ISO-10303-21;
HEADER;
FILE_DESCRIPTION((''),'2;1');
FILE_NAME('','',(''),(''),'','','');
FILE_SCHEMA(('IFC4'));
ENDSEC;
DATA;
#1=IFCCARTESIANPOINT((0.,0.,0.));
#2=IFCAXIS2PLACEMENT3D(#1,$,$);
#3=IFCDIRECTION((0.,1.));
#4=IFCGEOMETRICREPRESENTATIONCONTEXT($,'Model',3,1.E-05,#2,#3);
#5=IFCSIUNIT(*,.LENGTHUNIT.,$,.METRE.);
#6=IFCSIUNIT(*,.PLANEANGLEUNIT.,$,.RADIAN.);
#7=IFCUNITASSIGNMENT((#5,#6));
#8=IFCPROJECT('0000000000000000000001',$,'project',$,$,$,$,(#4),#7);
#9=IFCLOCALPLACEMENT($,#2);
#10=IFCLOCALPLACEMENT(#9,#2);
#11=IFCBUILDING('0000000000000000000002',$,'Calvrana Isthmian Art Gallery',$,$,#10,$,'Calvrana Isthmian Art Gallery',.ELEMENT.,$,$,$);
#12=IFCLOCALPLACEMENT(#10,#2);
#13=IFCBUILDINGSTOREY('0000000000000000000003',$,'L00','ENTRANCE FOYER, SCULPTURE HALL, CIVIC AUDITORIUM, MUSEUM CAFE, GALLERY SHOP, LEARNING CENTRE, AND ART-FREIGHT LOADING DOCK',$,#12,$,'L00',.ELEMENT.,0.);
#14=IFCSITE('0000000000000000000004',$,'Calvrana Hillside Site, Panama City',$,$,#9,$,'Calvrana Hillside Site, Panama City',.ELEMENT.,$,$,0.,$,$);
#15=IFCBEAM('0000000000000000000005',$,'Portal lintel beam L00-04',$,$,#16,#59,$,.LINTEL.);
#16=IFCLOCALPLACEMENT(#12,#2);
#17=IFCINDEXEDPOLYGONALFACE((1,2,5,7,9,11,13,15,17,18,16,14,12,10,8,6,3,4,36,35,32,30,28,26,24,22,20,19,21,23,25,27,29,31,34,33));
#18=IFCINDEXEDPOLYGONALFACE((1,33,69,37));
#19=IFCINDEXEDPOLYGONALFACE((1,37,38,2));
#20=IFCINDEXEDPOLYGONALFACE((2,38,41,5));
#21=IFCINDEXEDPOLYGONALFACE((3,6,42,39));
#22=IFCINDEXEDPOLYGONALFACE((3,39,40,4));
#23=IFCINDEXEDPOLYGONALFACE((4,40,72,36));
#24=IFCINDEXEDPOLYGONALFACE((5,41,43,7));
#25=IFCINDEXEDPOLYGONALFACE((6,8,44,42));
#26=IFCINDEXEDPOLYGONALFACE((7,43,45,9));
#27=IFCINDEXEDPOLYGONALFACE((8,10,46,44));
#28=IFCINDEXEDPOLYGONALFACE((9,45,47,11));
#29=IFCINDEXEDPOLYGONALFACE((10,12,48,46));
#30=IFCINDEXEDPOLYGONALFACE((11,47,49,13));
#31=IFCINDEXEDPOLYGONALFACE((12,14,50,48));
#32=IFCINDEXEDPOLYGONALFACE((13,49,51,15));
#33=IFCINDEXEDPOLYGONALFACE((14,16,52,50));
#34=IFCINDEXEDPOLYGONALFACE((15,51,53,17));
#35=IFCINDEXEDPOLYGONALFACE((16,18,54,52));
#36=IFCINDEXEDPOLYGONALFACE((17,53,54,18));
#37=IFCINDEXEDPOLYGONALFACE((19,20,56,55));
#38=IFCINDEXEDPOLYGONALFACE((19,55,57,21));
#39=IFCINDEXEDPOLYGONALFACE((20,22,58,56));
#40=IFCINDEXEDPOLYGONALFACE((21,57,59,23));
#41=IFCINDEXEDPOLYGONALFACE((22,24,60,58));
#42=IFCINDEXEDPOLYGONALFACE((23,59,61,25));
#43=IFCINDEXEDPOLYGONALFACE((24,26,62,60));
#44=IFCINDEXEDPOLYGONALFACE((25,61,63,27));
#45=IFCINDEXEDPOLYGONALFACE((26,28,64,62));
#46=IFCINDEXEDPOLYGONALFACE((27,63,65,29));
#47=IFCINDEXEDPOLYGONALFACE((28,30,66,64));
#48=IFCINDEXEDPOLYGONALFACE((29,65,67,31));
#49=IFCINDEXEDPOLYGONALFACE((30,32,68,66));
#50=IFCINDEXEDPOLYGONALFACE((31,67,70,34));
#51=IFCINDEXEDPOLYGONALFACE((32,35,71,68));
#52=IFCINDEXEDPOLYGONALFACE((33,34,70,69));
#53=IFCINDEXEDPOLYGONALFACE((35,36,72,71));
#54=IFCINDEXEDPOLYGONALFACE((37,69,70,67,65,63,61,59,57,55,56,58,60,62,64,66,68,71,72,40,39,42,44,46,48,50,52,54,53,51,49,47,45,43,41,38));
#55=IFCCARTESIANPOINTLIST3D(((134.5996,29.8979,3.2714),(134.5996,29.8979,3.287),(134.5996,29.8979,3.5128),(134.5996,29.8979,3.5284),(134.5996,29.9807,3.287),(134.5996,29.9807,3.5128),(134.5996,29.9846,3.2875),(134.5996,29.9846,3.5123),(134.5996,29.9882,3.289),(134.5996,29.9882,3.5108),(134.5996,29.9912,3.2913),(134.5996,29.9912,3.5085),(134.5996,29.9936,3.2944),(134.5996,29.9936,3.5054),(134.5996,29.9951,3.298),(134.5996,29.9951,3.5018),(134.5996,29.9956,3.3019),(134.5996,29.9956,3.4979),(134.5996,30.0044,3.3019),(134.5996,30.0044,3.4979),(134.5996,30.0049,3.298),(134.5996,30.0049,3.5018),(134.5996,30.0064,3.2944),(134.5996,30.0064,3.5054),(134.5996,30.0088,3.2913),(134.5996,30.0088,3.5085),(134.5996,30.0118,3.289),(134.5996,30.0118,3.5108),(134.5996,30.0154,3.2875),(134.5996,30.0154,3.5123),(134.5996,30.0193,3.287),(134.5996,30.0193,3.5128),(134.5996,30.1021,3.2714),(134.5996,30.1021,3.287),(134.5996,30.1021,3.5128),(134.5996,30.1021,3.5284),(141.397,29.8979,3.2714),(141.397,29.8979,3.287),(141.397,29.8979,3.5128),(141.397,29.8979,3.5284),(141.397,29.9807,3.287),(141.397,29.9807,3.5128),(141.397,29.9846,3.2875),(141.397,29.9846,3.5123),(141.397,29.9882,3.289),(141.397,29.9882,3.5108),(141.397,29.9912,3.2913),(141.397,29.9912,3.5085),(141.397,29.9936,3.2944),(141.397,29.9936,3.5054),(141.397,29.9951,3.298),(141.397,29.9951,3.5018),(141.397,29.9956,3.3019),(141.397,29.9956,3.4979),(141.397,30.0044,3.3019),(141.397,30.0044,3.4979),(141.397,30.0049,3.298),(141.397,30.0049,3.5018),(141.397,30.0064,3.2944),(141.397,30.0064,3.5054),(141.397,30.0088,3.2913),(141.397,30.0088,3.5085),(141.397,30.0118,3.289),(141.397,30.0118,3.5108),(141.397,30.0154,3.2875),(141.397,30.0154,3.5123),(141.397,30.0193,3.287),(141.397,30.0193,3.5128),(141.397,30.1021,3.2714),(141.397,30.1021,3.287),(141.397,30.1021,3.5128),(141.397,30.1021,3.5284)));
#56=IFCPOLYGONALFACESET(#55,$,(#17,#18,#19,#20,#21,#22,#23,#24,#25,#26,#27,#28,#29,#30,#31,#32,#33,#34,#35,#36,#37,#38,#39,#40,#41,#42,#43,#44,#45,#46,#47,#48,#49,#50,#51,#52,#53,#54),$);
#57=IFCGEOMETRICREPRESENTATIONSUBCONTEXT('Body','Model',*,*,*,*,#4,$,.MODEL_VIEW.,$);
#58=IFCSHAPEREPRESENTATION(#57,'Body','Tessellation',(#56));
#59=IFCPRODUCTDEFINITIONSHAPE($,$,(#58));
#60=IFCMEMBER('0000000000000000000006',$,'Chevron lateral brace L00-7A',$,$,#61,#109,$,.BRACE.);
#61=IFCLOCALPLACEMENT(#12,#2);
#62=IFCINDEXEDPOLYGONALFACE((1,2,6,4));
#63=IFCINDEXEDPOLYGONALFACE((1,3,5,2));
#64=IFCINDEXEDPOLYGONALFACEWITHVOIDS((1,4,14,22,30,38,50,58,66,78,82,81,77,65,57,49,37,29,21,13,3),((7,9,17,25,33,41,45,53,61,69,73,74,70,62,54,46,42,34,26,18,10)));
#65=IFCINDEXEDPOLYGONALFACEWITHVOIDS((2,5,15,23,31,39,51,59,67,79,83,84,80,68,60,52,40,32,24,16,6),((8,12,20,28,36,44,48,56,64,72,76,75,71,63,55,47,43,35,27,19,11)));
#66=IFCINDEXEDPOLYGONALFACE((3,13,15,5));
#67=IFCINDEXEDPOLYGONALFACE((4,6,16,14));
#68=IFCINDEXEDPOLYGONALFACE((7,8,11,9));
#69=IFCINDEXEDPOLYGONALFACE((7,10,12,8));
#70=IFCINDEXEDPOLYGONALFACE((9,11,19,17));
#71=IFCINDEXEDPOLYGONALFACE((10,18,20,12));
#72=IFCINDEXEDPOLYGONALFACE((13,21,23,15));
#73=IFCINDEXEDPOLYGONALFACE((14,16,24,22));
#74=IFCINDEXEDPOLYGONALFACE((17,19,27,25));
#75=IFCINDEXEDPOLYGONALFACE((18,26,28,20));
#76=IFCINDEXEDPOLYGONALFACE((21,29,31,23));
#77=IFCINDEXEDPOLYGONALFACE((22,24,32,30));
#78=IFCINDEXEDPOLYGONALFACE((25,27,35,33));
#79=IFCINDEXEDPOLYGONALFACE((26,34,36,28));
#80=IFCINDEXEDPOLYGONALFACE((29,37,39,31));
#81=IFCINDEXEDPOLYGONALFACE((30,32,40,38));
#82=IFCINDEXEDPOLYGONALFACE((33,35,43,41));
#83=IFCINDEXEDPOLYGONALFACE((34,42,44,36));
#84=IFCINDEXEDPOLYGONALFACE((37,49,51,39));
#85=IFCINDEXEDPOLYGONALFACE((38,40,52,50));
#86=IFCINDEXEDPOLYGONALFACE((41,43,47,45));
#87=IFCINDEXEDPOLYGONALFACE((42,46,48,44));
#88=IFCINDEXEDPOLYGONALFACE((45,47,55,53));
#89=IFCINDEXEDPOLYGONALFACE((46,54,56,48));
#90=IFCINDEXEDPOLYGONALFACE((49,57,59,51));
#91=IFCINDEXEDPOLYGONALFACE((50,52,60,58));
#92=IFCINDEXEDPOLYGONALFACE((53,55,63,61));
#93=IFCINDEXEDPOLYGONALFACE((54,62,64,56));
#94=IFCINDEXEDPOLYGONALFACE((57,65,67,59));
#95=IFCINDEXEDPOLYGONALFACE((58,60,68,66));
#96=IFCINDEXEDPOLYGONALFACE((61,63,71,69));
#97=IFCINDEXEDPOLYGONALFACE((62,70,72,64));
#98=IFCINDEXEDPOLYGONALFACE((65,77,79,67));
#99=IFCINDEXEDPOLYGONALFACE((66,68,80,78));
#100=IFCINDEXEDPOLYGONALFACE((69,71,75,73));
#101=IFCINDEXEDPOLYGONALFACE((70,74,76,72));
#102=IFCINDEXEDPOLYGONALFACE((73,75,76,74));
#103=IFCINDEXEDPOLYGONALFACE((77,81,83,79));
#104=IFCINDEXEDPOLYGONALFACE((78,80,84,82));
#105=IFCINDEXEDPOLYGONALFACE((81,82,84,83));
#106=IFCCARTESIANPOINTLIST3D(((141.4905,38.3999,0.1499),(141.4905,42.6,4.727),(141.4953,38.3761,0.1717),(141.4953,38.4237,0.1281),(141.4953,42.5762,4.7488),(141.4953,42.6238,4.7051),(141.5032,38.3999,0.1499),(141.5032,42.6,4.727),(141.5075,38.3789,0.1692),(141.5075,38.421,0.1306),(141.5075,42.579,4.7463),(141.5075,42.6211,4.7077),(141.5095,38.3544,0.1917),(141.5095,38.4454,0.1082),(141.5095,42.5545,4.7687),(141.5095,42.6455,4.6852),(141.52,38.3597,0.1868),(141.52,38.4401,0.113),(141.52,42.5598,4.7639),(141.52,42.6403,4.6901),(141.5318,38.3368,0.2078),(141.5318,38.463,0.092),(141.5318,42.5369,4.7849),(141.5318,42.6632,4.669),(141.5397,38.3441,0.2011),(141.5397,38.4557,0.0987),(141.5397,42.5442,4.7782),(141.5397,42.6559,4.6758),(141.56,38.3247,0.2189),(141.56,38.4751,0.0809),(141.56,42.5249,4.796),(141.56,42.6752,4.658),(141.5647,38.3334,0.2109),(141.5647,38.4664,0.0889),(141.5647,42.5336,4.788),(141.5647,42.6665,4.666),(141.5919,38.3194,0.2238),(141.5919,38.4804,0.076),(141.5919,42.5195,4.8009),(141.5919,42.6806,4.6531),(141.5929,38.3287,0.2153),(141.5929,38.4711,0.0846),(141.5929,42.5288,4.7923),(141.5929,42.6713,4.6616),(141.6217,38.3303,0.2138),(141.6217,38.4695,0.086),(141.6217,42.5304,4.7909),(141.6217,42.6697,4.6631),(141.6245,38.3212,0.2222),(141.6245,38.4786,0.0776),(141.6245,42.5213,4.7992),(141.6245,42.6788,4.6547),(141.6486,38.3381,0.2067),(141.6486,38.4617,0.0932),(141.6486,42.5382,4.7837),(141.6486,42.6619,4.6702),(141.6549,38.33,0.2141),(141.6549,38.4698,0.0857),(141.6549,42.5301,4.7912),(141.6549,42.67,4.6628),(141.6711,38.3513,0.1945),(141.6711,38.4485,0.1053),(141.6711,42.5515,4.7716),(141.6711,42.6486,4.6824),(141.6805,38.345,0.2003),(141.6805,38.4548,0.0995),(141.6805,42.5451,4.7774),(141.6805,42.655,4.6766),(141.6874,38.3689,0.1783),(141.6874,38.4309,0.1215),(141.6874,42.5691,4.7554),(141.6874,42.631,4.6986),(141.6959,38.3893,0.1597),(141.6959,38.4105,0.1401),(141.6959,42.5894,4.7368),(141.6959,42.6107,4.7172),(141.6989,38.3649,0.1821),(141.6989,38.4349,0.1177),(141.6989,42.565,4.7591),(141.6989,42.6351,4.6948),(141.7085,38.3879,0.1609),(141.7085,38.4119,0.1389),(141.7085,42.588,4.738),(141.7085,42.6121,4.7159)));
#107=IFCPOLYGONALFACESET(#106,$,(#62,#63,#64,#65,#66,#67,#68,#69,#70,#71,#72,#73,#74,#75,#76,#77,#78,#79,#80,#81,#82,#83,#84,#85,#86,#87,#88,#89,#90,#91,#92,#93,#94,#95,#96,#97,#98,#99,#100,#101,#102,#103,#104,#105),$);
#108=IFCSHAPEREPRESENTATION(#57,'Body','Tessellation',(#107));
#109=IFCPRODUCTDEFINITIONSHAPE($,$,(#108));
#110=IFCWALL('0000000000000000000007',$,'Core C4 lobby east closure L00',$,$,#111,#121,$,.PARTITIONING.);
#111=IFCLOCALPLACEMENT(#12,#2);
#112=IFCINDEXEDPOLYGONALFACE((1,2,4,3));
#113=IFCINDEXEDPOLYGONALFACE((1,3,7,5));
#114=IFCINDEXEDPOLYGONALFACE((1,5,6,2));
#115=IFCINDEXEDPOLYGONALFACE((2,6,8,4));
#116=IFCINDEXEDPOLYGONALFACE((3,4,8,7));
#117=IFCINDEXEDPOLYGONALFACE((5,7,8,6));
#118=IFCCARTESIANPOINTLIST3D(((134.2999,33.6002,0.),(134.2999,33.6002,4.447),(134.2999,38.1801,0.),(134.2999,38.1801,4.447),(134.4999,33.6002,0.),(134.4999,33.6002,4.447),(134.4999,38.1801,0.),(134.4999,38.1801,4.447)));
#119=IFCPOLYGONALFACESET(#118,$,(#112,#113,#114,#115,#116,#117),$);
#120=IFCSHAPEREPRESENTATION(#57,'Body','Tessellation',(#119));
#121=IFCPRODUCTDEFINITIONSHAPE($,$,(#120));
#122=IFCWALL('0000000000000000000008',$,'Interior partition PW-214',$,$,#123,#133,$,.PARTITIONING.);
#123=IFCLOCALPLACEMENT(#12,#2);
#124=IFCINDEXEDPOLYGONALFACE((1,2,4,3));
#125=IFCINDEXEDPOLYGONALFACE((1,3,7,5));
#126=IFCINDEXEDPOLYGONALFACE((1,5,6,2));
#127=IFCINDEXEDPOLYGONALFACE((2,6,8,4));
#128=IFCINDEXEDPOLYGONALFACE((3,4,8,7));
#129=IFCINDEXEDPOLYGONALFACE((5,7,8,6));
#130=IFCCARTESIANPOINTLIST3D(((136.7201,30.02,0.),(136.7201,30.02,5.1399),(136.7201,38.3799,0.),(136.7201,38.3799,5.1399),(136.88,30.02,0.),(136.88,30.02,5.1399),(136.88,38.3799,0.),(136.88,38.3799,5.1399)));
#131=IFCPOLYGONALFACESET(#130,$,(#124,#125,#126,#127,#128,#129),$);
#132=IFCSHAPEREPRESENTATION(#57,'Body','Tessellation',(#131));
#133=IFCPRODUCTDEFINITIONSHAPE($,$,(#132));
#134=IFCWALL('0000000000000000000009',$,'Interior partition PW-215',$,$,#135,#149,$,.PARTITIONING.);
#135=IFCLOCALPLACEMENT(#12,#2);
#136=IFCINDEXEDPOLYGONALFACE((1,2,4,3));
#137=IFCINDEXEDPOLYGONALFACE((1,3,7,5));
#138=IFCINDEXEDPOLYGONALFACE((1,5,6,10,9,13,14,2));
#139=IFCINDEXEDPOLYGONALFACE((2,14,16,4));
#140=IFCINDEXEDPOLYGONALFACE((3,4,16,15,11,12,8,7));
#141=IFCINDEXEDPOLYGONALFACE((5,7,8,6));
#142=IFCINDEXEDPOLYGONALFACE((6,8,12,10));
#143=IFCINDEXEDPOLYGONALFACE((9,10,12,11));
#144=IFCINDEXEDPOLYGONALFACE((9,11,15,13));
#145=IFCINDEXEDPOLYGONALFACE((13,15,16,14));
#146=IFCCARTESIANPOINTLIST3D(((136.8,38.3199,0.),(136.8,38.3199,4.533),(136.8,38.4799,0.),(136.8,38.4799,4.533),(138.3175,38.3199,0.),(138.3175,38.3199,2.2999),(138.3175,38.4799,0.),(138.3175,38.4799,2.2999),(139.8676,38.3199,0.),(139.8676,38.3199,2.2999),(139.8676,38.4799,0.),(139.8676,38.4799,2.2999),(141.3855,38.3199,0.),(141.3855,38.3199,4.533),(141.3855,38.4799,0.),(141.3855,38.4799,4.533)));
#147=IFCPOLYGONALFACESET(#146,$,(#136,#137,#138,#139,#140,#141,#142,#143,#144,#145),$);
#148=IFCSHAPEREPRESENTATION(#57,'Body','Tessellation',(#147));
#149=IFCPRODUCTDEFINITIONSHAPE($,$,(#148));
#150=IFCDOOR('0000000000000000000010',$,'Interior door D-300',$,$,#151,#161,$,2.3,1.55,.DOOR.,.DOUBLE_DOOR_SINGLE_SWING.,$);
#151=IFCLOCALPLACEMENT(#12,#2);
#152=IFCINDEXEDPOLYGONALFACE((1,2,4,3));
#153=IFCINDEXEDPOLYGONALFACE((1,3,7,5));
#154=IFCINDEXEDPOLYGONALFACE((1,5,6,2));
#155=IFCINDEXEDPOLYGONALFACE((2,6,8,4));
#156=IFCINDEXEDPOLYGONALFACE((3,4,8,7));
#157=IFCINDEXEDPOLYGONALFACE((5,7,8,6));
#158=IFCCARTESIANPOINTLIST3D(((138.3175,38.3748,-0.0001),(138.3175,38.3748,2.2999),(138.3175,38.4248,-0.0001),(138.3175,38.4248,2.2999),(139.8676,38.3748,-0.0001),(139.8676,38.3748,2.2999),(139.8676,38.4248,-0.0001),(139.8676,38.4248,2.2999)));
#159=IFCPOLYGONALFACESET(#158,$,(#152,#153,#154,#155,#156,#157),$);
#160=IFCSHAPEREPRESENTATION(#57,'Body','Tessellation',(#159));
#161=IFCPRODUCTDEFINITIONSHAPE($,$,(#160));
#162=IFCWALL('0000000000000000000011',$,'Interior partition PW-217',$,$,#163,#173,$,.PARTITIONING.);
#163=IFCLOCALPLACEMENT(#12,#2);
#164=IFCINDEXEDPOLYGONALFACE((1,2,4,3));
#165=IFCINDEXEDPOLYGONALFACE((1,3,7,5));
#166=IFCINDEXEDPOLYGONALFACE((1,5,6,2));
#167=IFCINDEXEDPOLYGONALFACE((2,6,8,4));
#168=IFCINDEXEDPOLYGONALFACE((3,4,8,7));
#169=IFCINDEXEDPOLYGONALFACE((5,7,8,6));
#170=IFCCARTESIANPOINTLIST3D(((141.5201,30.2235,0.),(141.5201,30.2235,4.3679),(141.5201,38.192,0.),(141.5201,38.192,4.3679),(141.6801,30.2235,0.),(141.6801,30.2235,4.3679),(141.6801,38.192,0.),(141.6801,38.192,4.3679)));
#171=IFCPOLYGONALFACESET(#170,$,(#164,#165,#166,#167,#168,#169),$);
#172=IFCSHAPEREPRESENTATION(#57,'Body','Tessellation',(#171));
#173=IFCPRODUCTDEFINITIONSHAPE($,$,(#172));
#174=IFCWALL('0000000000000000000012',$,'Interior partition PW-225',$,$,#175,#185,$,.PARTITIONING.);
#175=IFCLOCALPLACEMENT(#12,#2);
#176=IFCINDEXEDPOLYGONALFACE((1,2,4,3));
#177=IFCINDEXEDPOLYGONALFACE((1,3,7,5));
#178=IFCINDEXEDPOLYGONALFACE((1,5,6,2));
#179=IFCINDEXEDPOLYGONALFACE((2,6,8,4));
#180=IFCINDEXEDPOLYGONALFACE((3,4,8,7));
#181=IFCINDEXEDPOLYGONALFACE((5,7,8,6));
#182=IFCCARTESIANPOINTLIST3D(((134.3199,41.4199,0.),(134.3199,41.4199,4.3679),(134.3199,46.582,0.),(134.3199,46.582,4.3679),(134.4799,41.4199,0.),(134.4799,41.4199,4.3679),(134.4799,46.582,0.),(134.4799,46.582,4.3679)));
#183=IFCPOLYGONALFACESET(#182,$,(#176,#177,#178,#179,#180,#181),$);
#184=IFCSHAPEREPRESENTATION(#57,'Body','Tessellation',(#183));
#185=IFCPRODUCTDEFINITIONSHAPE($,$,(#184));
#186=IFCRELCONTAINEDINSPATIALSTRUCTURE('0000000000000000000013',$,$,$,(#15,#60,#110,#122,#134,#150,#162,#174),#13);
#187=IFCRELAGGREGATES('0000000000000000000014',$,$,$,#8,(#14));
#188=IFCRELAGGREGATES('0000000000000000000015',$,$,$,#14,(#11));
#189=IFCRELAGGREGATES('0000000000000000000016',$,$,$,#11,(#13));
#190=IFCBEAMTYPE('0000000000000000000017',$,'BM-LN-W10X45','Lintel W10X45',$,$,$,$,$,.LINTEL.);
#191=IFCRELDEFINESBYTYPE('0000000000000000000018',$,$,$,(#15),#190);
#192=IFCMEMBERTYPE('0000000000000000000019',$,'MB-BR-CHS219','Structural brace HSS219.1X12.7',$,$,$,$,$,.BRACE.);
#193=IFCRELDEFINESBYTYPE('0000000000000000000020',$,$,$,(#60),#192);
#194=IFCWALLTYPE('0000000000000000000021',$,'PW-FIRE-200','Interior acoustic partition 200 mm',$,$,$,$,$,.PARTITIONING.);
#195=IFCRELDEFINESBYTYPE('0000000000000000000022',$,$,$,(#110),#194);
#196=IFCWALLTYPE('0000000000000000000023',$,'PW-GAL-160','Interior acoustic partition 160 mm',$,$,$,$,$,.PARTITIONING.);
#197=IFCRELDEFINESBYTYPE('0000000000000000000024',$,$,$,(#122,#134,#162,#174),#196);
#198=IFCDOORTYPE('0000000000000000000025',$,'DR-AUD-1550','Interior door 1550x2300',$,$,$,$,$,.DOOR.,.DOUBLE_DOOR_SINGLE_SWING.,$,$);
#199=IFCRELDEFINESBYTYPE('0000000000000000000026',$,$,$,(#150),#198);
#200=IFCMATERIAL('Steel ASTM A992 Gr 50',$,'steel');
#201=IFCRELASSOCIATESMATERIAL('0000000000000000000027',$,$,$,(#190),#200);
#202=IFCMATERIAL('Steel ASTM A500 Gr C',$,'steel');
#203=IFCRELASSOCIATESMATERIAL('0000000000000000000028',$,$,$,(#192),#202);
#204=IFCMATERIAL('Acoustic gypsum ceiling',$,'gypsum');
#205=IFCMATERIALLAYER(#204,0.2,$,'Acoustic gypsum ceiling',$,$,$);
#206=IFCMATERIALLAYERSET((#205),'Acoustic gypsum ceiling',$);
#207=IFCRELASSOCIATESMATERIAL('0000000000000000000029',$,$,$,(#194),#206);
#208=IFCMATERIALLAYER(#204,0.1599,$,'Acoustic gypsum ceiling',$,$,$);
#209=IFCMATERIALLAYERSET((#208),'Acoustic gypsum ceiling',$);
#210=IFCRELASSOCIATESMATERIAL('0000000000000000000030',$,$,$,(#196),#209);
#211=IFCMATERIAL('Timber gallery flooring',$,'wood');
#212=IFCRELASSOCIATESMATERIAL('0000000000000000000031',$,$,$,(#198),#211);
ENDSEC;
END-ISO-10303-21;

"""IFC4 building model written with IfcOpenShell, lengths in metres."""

from ifc_helpers import new_model, si_unit, direction, frame, frame_2d, origin, origin_2d, place, context, subcontext, project, spatial, rectangle, hollow_circle, i_section, extrude, material, layer, layer_set, material_profile, profile_set, type_object, element, fill, save


model = new_model("IFC4")

# Units and contexts
model_context = context("Model", 3, precision=1e-05, world=origin(), true_north=direction((0.0, 1.0)))
body_context = subcontext(model_context, "Body", "Model", "MODEL_VIEW")
ifc_project = project(units=[si_unit("LENGTHUNIT", "METRE"), si_unit("PLANEANGLEUNIT", "RADIAN")], contexts=[model_context])

# Site, building, storey
site_placement = place(None, origin())
site = spatial("IfcSite", under=ifc_project, at=site_placement, Name="Calvrana Hillside Site, Panama City", LongName="Calvrana Hillside Site, Panama City", CompositionType="ELEMENT", RefElevation=0.0)
building_placement = place(site_placement, origin())
building = spatial("IfcBuilding", under=site, at=building_placement, Name="Calvrana Isthmian Art Gallery", LongName="Calvrana Isthmian Art Gallery", CompositionType="ELEMENT")
storey_placement = place(building_placement, origin())
storey = spatial("IfcBuildingStorey", under=building, at=storey_placement, Name="L00", Description="ENTRANCE FOYER, SCULPTURE HALL, CIVIC AUDITORIUM, MUSEUM CAFE, GALLERY SHOP, LEARNING CENTRE, AND ART-FREIGHT LOADING DOCK", LongName="L00", CompositionType="ELEMENT", Elevation=0.0)

# Shared definitions
ifc_material_1 = material(Name="Steel ASTM A992 Gr 50", Category="steel")

# Beam
ifc_material_profile_1 = material_profile(ifc_material_1, i_section(OverallWidth=0.2041, OverallDepth=0.2571, WebThickness=0.0088, FlangeThickness=0.0156, FilletRadius=0.0149, at=origin_2d()), Name="W10X45")
ifc_profile_set_1 = profile_set([ifc_material_profile_1], Name="Steel ASTM A992 Gr 50")
beam_type_1 = type_object("IfcBeamType", Name="BM-LN-W10X45", Description="Lintel W10X45", PredefinedType="LINTEL", material=ifc_profile_set_1)
beam_1_placement = place(storey_placement, frame((134.5996, 30.0, 3.3999), z_axis=(1.0, 0.0, 0.0), x_axis=(0.0, 1.0, 0.0)))
element("IfcBeam", 1, at=beam_1_placement, inside=storey, type_object=beam_type_1, Name="Portal lintel beam L00-04", PredefinedType="LINTEL", context=body_context, shape_type="SweptSolid", body=[
    extrude(i_section(OverallWidth=0.2041, OverallDepth=0.2571, WebThickness=0.0088, FlangeThickness=0.0156, FilletRadius=0.0149, at=origin_2d()), origin(), (0.0, 0.0, 1.0), 6.7974),
])

# Member
ifc_material_2 = material(Name="Steel ASTM A500 Gr C", Category="steel")
ifc_material_profile_2 = material_profile(ifc_material_2, hollow_circle(Radius=0.1096, WallThickness=0.0127, at=origin_2d()), Name="HSS219.1X12.7")
ifc_profile_set_2 = profile_set([ifc_material_profile_2], Name="Steel ASTM A500 Gr C")
member_type = type_object("IfcMemberType", Name="MB-BR-CHS219", Description="Structural brace HSS219.1X12.7", PredefinedType="BRACE", material=ifc_profile_set_2)
member_placement = place(storey_placement, frame((141.6001, 38.3999, 0.1499), z_axis=(0.0, 0.676116, 0.736795), x_axis=(-1.0, 0.0, 0.0)))
element("IfcMember", 2, at=member_placement, inside=storey, type_object=member_type, Name="Chevron lateral brace L00-7A", PredefinedType="BRACE", context=body_context, shape_type="SweptSolid", body=[
    extrude(hollow_circle(Radius=0.1096, WallThickness=0.0127, at=origin_2d()), origin(), (0.0, 0.0, 1.0), 6.2122),
])

# Walls
ifc_material_3 = material(Name="Acoustic gypsum ceiling", Category="gypsum")
ifc_layer_1 = layer(ifc_material_3, 0.2, Name="Acoustic gypsum ceiling")
ifc_layer_set_1 = layer_set([ifc_layer_1], Name="Acoustic gypsum ceiling")
wall_type_1 = type_object("IfcWallType", Name="PW-FIRE-200", Description="Interior acoustic partition 200 mm", PredefinedType="PARTITIONING", material=ifc_layer_set_1)
wall_1_placement = place(storey_placement, frame((134.3999, 33.6001, 0.0), z_axis=(0.0, 0.0, 1.0), x_axis=(0.0, 1.0, 0.0)))
element("IfcWall", 3, at=wall_1_placement, inside=storey, type_object=wall_type_1, Name="Core C4 lobby east closure L00", PredefinedType="PARTITIONING", context=body_context, shape_type="SweptSolid", body=[
    extrude(rectangle(XDim=4.5798, YDim=0.2, at=frame_2d((2.29, 0.0))), origin(), (0.0, 0.0, 1.0), 4.447),
])
ifc_layer_2 = layer(ifc_material_3, 0.1599, Name="Acoustic gypsum ceiling")
ifc_layer_set_2 = layer_set([ifc_layer_2], Name="Acoustic gypsum ceiling")
wall_type_2 = type_object("IfcWallType", Name="PW-GAL-160", Description="Interior acoustic partition 160 mm", PredefinedType="PARTITIONING", material=ifc_layer_set_2)
wall_2_placement = place(storey_placement, frame((136.8, 30.02, 0.0), z_axis=(0.0, 0.0, 1.0), x_axis=(0.0, 1.0, 0.0)))
element("IfcWall", 4, at=wall_2_placement, inside=storey, type_object=wall_type_2, Name="Interior partition PW-214", PredefinedType="PARTITIONING", context=body_context, shape_type="SweptSolid", body=[
    extrude(rectangle(XDim=8.3599, YDim=0.1599, at=frame_2d((4.1799, 0.0))), origin(), (0.0, 0.0, 1.0), 5.1399),
])

# Wall, opening, door
wall_3_placement = place(storey_placement, frame((136.8, 38.3999, 0.0), z_axis=(0.0, 0.0, 1.0), x_axis=(1.0, 0.0, 0.0)))
wall_3 = element("IfcWall", 5, at=wall_3_placement, inside=storey, type_object=wall_type_2, Name="Interior partition PW-215", PredefinedType="PARTITIONING", context=body_context, shape_type="SweptSolid", body=[
    extrude(rectangle(XDim=4.5854, YDim=0.1599, at=frame_2d((2.2927, 0.0))), origin(), (0.0, 0.0, 1.0), 4.533),
])
opening_1_placement = place(wall_3_placement, frame((1.5176, 0.0, 0.0)))
opening_1 = element("IfcOpeningElement", 6, at=opening_1_placement, cuts=wall_3, PredefinedType="OPENING", context=body_context, shape_type="SweptSolid", body=[
    extrude(rectangle(XDim=1.55, YDim=2.3, at=frame_2d((0.7749, 1.1499))), frame((0.0, 0.0903, 0.0), z_axis=(0.0, -1.0, 0.0), x_axis=(1.0, 0.0, 0.0)), (0.0, 0.0, 1.0), 0.1804),
])
ifc_material_4 = material(Name="Timber gallery flooring", Category="wood")
door_type_1 = type_object("IfcDoorType", Name="DR-AUD-1550", Description="Interior door 1550x2300", OperationType="DOUBLE_DOOR_SINGLE_SWING", PredefinedType="DOOR", material=ifc_material_4)
door_1_placement = place(opening_1_placement, origin())
door_1 = element("IfcDoor", 7, at=door_1_placement, inside=storey, type_object=door_type_1, Name="Interior door D-300", OperationType="DOUBLE_DOOR_SINGLE_SWING", OverallHeight=2.3, OverallWidth=1.55, PredefinedType="DOOR", context=body_context, shape_type="SweptSolid", body=[
    extrude(rectangle(XDim=1.55, YDim=2.3, at=frame_2d((0.7749, 1.1499))), frame((0.0, 0.0249, 0.0), z_axis=(0.0, -1.0, 0.0), x_axis=(1.0, 0.0, 0.0)), (0.0, 0.0, 1.0), 0.05),
])
fill(opening_1, door_1)

# Walls
wall_4_placement = place(storey_placement, frame((141.6001, 30.2234, 0.0), z_axis=(0.0, 0.0, 1.0), x_axis=(0.0, 1.0, 0.0)))
element("IfcWall", 8, at=wall_4_placement, inside=storey, type_object=wall_type_2, Name="Interior partition PW-217", PredefinedType="PARTITIONING", context=body_context, shape_type="SweptSolid", body=[
    extrude(rectangle(XDim=7.9685, YDim=0.1599, at=frame_2d((3.9844, 0.0))), origin(), (0.0, 0.0, 1.0), 4.3679),
])
wall_5_placement = place(storey_placement, frame((134.3999, 41.4199, 0.0), z_axis=(0.0, 0.0, 1.0), x_axis=(0.0, 1.0, 0.0)))
element("IfcWall", 9, at=wall_5_placement, inside=storey, type_object=wall_type_2, Name="Interior partition PW-225", PredefinedType="PARTITIONING", context=body_context, shape_type="SweptSolid", body=[
    extrude(rectangle(XDim=5.1621, YDim=0.1599, at=frame_2d((2.5811, 0.0))), origin(), (0.0, 0.0, 1.0), 4.3679),
])

save(model, "model.ifc")
